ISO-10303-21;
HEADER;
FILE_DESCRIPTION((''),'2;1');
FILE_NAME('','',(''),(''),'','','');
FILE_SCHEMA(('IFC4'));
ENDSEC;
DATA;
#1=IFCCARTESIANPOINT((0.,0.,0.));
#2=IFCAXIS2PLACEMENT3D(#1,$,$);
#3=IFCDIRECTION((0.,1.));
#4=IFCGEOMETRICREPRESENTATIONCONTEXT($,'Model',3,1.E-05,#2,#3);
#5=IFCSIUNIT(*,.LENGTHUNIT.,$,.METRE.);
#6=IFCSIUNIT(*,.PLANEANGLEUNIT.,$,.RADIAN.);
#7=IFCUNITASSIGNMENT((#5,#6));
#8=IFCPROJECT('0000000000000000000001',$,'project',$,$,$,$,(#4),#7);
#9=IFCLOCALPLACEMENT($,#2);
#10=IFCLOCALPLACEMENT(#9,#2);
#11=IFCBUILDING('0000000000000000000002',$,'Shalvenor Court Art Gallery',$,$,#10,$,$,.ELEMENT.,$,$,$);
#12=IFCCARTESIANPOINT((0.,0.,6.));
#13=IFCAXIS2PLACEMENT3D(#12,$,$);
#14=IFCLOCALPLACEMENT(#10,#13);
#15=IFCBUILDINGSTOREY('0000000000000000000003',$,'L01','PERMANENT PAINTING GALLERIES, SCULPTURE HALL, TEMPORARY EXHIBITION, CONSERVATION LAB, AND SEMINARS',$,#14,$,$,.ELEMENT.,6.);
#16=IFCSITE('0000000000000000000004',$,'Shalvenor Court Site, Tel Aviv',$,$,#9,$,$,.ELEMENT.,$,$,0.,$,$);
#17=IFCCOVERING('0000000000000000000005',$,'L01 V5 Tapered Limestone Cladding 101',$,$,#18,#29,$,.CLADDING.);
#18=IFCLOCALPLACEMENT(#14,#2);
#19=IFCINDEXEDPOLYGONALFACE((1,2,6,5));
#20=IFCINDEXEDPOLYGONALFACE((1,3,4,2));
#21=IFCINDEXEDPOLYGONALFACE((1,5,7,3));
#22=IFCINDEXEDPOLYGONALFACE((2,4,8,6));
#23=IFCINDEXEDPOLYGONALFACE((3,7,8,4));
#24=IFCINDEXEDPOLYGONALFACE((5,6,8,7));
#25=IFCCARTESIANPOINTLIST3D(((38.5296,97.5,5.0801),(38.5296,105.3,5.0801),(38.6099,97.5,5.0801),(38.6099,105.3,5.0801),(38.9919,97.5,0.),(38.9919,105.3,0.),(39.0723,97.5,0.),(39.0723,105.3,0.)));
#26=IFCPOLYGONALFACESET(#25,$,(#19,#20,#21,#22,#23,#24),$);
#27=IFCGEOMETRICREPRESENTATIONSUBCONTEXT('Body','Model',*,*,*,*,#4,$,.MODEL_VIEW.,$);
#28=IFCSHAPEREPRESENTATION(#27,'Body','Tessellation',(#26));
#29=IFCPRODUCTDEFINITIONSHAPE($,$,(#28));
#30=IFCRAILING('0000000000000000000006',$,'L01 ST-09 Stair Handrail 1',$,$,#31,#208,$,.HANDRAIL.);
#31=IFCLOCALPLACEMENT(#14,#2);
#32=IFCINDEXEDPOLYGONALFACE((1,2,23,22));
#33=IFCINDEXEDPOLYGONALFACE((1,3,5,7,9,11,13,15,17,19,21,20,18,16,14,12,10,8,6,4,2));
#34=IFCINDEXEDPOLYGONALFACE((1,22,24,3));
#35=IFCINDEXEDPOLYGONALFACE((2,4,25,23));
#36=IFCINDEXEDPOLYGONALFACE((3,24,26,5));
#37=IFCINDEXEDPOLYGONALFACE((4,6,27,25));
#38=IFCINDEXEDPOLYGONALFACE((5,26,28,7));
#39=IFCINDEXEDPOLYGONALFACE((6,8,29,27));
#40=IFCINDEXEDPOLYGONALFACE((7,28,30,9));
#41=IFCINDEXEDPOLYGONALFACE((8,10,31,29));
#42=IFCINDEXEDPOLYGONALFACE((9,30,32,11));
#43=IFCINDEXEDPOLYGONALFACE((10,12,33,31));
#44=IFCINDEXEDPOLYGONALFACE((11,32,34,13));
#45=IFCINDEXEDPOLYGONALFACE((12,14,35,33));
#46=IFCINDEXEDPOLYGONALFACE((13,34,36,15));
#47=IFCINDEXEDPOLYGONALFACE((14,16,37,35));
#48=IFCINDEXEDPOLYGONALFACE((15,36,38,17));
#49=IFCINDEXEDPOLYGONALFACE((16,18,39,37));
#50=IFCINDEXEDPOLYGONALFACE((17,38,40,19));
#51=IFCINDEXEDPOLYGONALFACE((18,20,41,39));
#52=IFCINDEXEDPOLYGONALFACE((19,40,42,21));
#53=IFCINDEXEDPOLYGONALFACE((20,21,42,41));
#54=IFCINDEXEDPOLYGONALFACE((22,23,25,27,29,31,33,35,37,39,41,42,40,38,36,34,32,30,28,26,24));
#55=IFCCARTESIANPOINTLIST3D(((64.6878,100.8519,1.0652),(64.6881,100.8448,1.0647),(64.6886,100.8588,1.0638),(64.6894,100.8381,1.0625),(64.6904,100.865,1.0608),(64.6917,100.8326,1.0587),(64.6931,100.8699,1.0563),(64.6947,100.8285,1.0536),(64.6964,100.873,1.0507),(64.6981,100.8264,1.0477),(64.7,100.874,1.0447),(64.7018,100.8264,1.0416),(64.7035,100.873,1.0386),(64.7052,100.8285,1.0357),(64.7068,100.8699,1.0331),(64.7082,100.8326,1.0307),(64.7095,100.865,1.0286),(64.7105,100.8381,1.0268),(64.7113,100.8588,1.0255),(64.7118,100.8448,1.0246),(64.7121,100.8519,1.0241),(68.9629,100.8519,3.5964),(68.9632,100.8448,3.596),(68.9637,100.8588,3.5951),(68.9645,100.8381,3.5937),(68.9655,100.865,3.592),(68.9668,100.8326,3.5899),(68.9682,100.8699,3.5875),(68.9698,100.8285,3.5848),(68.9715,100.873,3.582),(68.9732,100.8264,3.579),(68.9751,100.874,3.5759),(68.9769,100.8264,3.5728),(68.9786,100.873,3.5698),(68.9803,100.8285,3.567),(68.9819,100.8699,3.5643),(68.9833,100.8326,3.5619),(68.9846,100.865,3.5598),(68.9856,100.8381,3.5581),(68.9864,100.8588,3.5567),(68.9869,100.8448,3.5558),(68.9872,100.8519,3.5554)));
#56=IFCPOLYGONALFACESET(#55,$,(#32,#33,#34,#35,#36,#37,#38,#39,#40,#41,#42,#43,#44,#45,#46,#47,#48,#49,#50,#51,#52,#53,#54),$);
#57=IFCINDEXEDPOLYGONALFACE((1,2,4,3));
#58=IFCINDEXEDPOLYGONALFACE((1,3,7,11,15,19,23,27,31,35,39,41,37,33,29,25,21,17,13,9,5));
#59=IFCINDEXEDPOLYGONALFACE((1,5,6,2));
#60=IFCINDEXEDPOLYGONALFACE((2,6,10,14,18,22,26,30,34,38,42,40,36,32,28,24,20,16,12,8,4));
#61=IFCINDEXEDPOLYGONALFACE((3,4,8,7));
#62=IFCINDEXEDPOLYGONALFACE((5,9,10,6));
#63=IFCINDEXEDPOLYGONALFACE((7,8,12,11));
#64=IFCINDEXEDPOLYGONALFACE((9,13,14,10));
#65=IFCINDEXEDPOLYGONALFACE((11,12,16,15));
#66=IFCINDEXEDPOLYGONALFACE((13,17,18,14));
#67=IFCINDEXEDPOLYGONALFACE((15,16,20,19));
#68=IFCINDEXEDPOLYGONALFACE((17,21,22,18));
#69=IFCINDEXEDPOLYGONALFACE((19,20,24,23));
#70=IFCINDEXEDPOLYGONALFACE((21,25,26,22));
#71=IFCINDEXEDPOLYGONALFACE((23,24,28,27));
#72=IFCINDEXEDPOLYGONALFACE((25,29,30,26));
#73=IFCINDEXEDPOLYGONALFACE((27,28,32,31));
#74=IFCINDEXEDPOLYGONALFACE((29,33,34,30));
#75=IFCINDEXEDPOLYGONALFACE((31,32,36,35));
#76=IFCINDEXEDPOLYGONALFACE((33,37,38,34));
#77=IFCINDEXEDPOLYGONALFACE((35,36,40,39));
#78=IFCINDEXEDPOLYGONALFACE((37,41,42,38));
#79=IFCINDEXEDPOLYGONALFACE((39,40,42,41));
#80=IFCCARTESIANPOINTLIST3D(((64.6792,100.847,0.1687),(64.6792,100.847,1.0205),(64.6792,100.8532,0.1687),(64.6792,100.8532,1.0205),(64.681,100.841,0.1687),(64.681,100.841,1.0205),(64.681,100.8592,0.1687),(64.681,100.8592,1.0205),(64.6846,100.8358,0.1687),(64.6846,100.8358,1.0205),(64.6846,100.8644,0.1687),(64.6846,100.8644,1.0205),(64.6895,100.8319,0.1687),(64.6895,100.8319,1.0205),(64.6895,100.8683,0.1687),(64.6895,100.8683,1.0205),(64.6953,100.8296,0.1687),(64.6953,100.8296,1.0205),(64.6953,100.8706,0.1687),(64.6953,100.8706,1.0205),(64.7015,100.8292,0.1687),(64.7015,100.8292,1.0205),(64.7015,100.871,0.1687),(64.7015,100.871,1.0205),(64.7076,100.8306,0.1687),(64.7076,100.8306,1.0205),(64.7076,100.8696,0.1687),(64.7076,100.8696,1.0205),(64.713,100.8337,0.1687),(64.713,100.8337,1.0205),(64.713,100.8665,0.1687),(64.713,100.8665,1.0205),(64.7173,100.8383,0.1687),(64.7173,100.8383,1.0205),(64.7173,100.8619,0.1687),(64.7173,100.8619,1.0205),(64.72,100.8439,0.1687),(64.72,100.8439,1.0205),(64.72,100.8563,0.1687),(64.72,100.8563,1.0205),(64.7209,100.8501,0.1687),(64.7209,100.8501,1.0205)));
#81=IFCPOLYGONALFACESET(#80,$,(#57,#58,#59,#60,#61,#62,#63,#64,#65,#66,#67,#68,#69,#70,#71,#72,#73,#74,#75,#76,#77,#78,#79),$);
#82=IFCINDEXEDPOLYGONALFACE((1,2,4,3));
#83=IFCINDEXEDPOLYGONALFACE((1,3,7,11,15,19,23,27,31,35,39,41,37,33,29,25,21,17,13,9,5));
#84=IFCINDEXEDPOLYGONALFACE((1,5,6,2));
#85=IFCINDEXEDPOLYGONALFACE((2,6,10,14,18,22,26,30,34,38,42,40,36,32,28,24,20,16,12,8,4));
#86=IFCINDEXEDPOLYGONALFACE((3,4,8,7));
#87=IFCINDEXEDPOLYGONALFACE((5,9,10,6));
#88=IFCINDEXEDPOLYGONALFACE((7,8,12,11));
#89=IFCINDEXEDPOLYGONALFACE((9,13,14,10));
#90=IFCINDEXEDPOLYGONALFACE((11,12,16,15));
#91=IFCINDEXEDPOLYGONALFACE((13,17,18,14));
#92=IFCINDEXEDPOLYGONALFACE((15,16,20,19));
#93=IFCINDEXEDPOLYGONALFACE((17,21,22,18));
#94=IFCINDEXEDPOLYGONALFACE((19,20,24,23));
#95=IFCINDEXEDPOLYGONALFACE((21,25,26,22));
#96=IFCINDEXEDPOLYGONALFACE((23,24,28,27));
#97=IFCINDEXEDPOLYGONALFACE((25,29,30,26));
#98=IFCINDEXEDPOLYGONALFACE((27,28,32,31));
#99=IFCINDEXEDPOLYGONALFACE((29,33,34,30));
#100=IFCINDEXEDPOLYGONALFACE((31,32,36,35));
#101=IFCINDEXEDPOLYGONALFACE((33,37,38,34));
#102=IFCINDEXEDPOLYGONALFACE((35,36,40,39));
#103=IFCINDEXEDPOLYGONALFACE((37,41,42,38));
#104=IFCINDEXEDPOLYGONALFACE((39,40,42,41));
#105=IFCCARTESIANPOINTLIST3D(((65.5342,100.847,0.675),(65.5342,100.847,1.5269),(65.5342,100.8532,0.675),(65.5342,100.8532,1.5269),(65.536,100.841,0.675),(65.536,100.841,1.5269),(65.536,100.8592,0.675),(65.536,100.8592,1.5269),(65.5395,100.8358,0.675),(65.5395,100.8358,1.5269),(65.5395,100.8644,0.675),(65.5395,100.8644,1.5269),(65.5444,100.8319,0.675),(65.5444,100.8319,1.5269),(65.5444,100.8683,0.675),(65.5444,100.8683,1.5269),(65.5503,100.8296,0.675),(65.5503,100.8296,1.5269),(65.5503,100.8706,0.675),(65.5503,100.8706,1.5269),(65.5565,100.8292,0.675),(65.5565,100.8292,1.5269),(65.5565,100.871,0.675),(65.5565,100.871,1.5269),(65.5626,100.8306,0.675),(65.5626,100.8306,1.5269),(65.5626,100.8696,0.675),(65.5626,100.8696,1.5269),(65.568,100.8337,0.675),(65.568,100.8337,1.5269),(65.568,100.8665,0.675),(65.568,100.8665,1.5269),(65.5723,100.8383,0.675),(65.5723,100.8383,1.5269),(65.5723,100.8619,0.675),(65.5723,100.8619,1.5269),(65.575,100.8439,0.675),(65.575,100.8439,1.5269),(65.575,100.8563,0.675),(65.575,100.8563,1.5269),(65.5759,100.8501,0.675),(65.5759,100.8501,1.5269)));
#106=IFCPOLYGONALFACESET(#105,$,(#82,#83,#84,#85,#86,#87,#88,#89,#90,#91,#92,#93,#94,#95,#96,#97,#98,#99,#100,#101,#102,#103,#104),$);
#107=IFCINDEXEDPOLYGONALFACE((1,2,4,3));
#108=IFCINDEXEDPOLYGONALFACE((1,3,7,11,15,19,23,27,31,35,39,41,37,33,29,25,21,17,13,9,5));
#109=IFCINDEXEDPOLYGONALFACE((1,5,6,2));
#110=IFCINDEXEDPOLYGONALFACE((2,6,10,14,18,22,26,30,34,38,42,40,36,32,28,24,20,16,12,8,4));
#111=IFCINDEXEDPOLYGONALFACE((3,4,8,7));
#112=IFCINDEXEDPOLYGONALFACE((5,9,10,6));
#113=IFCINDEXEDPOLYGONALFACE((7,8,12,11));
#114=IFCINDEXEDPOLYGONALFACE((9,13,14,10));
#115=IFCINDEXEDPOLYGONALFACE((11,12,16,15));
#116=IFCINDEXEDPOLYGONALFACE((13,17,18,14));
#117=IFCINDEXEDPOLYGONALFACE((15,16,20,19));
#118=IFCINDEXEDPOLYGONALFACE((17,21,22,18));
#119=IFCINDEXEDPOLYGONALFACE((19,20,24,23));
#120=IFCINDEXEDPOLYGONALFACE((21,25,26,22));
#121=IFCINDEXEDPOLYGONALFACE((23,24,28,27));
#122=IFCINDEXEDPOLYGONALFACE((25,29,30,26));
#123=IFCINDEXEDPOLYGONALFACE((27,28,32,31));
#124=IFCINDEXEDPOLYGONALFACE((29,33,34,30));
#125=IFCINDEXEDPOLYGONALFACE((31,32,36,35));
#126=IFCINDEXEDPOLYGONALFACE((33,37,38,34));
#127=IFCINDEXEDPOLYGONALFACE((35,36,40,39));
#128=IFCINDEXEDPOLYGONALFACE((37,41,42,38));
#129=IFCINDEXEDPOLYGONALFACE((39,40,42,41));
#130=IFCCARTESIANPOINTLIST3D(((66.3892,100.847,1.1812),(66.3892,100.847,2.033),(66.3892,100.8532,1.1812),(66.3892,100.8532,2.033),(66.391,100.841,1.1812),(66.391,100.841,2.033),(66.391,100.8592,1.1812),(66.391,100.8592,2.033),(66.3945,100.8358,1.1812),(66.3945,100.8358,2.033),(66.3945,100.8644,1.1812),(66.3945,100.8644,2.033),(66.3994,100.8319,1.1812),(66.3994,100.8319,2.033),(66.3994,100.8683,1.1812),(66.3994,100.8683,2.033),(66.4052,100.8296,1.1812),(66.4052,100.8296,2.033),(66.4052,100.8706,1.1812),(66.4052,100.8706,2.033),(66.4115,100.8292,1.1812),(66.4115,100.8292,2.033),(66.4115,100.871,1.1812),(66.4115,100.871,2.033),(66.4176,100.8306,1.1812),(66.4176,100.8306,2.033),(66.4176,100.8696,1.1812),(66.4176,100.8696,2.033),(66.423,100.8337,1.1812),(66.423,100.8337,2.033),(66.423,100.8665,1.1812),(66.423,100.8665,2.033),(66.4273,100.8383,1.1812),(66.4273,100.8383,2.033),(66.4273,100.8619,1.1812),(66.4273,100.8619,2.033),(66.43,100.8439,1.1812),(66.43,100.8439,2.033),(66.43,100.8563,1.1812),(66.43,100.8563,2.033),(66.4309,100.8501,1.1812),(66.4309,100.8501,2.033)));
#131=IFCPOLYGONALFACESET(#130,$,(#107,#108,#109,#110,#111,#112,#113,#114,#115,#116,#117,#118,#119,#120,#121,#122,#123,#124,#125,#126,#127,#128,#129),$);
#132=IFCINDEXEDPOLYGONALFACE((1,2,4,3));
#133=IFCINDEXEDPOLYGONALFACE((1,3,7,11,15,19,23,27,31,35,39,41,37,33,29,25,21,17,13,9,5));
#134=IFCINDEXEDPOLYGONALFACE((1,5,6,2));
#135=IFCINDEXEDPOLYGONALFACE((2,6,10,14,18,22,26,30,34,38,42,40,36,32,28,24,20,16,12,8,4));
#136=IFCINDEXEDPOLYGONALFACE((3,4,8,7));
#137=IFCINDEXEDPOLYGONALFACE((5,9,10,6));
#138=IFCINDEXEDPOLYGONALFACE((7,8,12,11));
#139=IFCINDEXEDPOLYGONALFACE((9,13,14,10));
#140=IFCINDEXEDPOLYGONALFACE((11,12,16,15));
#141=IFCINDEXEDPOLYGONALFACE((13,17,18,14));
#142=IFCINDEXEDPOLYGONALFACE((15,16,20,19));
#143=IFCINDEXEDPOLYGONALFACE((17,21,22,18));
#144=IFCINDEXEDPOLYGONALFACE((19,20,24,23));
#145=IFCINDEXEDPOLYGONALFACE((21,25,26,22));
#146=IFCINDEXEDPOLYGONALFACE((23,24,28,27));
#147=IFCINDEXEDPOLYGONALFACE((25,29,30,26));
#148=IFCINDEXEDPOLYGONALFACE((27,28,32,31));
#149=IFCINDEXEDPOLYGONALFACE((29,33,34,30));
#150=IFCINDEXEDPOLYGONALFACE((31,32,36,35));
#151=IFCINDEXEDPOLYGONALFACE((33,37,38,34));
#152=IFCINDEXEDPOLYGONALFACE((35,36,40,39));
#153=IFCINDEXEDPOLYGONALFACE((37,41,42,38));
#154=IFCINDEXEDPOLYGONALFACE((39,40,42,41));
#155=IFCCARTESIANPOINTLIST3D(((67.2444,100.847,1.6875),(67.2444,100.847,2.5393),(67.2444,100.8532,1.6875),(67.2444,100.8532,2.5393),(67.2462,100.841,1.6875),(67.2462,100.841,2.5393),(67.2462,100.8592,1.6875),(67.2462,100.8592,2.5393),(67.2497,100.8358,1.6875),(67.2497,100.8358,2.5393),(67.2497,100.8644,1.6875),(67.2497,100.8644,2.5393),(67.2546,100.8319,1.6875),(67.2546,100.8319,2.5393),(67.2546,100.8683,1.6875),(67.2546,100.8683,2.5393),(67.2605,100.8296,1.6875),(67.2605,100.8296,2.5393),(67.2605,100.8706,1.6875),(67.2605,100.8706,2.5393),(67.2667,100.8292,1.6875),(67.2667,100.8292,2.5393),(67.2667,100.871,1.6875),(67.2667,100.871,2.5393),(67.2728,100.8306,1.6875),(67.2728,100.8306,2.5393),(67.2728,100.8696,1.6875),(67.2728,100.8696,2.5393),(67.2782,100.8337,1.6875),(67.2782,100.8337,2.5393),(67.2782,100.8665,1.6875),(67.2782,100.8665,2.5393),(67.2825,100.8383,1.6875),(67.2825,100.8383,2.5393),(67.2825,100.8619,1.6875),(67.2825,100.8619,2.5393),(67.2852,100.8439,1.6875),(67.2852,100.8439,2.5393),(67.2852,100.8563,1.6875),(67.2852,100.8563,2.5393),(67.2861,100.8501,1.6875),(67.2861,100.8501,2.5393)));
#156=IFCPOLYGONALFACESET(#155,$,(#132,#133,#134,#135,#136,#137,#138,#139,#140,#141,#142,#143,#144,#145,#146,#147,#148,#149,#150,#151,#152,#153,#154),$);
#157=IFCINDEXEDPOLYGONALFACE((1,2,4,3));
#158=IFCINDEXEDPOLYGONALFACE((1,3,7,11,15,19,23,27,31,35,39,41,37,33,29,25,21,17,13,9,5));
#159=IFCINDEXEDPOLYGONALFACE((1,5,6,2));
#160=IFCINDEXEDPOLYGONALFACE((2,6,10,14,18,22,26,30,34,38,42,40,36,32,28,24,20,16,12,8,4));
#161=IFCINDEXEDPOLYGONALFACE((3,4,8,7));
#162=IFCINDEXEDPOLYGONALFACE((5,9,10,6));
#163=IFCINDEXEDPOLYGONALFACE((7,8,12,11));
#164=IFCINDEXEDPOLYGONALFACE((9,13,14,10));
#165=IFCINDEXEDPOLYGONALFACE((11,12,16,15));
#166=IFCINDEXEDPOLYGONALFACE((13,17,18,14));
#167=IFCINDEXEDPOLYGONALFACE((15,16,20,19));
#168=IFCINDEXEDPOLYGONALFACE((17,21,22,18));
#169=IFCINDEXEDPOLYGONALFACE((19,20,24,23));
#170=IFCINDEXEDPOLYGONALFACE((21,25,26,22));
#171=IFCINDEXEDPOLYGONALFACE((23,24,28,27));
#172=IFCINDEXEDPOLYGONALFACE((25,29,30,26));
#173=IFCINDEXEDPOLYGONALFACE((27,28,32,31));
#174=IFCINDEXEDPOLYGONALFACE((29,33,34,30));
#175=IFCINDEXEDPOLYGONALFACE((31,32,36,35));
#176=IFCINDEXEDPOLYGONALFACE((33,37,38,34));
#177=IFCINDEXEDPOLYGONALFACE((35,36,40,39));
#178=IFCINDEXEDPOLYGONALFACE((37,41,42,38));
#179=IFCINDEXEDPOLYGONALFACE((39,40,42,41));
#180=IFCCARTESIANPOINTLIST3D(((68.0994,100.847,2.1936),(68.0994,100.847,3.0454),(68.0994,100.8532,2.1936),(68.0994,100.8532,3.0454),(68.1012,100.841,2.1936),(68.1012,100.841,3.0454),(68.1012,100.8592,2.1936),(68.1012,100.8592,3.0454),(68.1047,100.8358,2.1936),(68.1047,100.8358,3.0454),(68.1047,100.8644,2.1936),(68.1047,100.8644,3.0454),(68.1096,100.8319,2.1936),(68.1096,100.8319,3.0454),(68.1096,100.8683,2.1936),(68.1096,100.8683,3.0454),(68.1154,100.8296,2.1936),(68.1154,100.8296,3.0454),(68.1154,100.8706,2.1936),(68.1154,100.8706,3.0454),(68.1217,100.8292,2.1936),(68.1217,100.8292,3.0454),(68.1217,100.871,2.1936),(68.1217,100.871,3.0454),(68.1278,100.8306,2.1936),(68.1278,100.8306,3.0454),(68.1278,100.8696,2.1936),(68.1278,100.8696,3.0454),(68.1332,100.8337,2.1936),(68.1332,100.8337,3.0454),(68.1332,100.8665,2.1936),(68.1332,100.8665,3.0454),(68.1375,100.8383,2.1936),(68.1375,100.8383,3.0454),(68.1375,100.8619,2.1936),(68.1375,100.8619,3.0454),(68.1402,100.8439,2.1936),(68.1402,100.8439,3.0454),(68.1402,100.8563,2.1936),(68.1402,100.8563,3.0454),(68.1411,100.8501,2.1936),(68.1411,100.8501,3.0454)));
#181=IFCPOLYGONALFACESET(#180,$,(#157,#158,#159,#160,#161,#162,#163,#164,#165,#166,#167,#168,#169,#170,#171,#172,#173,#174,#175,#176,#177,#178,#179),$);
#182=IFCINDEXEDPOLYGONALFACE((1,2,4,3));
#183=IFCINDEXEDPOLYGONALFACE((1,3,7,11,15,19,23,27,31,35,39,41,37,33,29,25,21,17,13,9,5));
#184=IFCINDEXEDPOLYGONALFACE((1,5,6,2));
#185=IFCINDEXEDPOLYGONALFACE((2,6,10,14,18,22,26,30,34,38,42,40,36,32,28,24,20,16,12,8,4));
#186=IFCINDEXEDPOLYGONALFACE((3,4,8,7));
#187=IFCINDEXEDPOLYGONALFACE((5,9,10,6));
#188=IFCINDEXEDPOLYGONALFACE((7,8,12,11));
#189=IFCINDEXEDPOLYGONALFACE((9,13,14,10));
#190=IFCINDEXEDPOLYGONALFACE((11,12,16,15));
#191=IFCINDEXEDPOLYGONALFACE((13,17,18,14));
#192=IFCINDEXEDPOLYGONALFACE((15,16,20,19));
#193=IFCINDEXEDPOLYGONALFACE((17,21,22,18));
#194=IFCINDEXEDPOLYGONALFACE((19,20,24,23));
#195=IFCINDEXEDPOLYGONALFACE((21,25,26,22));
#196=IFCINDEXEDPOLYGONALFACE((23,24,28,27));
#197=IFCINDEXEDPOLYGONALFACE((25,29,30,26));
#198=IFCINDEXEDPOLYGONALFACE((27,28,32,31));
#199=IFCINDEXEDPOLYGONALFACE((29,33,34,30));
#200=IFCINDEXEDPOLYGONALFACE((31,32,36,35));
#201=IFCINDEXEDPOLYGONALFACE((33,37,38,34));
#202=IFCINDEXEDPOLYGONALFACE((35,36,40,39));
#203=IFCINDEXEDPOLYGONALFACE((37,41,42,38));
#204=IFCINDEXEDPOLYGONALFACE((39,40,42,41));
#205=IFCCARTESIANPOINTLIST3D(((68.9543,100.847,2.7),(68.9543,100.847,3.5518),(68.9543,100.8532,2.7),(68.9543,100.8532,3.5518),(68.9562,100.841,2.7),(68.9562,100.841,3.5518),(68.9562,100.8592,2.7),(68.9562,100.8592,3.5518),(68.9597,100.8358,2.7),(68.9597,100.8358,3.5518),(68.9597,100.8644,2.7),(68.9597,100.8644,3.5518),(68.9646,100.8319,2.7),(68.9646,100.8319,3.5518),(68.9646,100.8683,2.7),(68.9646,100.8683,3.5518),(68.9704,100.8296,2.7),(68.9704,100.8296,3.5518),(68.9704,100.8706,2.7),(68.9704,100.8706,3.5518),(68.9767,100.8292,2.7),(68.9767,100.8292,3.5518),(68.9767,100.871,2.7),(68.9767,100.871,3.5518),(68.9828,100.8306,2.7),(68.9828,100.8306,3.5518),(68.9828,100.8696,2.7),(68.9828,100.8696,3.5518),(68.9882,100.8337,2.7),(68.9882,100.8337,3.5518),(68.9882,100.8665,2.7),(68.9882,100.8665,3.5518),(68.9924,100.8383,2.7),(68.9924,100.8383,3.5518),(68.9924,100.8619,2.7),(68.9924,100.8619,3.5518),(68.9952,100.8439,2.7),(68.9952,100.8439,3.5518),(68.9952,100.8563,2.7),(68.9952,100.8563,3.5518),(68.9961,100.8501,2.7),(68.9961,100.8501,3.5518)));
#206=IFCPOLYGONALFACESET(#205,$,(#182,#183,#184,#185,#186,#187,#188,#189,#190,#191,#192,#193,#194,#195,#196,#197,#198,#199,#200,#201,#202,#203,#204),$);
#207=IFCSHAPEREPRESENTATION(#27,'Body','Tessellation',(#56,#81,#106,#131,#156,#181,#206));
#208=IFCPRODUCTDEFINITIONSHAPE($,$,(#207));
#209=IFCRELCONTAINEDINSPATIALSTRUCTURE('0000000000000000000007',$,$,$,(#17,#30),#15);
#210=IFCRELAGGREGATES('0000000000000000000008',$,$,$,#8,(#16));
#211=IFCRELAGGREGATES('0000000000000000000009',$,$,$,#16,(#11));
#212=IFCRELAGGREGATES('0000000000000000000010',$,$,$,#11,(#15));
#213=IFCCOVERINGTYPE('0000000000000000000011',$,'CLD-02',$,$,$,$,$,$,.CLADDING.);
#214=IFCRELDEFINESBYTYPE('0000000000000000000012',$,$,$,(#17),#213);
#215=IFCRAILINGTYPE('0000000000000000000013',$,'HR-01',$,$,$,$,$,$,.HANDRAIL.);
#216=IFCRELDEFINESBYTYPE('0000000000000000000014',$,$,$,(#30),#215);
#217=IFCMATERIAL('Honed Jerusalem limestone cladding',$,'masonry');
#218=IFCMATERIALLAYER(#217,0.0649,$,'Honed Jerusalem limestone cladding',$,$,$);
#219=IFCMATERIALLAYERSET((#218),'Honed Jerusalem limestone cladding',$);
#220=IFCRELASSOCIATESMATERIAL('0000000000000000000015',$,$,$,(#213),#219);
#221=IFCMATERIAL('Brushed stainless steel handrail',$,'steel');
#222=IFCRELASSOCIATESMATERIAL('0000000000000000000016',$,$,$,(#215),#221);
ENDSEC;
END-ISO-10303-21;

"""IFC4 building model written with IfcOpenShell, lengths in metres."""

from ifc_helpers import new_model, si_unit, direction, frame, origin, origin_2d, place, context, subcontext, project, spatial, polyline, circle, outline, extrude, material, layer, layer_set, type_object, element, save


model = new_model("IFC4")

# Units and contexts
model_context = context("Model", 3, precision=1e-05, world=origin(), true_north=direction((0.0, 1.0)))
body_context = subcontext(model_context, "Body", "Model", "MODEL_VIEW")
ifc_project = project(units=[si_unit("LENGTHUNIT", "METRE"), si_unit("PLANEANGLEUNIT", "RADIAN")], contexts=[model_context])

# Site, building, storey
site_placement = place(None, origin())
site = spatial("IfcSite", under=ifc_project, at=site_placement, Name="Shalvenor Court Site, Tel Aviv", CompositionType="ELEMENT", RefElevation=0.0)
building_placement = place(site_placement, origin())
building = spatial("IfcBuilding", under=site, at=building_placement, Name="Shalvenor Court Art Gallery", CompositionType="ELEMENT")
storey_placement = place(building_placement, frame((0.0, 0.0, 6.0)))
storey = spatial("IfcBuildingStorey", under=building, at=storey_placement, Name="L01", Description="PERMANENT PAINTING GALLERIES, SCULPTURE HALL, TEMPORARY EXHIBITION, CONSERVATION LAB, AND SEMINARS", CompositionType="ELEMENT", Elevation=6.0)

# Covering
ifc_material_1 = material(Name="Honed Jerusalem limestone cladding", Category="masonry")
ifc_layer_1 = layer(ifc_material_1, 0.0649, Name="Honed Jerusalem limestone cladding")
ifc_layer_set_1 = layer_set([ifc_layer_1], Name="Honed Jerusalem limestone cladding")
covering_type = type_object("IfcCoveringType", Name="CLD-02", PredefinedType="CLADDING", material=ifc_layer_set_1)
covering_placement = place(storey_placement, frame((39.0723, 97.5, 0.0), z_axis=(0.0, 0.0, 1.0), x_axis=(0.0, 1.0, 0.0)))
element("IfcCovering", 1, at=covering_placement, inside=storey, type_object=covering_type, Name="L01 V5 Tapered Limestone Cladding 101", PredefinedType="CLADDING", context=body_context, shape_type="SweptSolid", body=[
    extrude(outline(polyline([(0.0, 0.0), (7.8, 0.0), (7.8, 5.1011), (0.0, 5.1011), (0.0, 0.0)])), frame((0.0, 0.0, 0.0), z_axis=(0.0, -0.995884, 0.090633), x_axis=(1.0, 0.0, 0.0)), (0.0, 0.090633, -0.995884), 0.0803),
])

# Railing
ifc_material_2 = material(Name="Brushed stainless steel handrail", Category="steel")
railing_type = type_object("IfcRailingType", Name="HR-01", PredefinedType="HANDRAIL", material=ifc_material_2)
railing_placement = place(storey_placement, frame((64.7, 100.8501, 0.1687)))
element("IfcRailing", 2, at=railing_placement, inside=storey, type_object=railing_type, Name="L01 ST-09 Stair Handrail 1", PredefinedType="HANDRAIL", context=body_context, shape_type="SweptSolid", body=[
    extrude(circle(Radius=0.0239, at=origin_2d()), frame((0.0, 0.0, 0.876), z_axis=(0.860483, 0.0, 0.509479), x_axis=(0.0, 1.0, 0.0)), (0.0, 0.0, 1.0), 4.9683),
    extrude(circle(Radius=0.021, at=origin_2d()), origin(), (0.0, 0.0, 1.0), 0.8518),
    extrude(circle(Radius=0.021, at=origin_2d()), frame((0.855, 0.0, 0.5063)), (0.0, 0.0, 1.0), 0.8518),
    extrude(circle(Radius=0.021, at=origin_2d()), frame((1.71, 0.0, 1.0125)), (0.0, 0.0, 1.0), 0.8518),
    extrude(circle(Radius=0.021, at=origin_2d()), frame((2.5652, 0.0, 1.5188)), (0.0, 0.0, 1.0), 0.8518),
    extrude(circle(Radius=0.021, at=origin_2d()), frame((3.4202, 0.0, 2.0249)), (0.0, 0.0, 1.0), 0.8518),
    extrude(circle(Radius=0.021, at=origin_2d()), frame((4.2751, 0.0, 2.5312)), (0.0, 0.0, 1.0), 0.8518),
])

save(model, "model.ifc")
